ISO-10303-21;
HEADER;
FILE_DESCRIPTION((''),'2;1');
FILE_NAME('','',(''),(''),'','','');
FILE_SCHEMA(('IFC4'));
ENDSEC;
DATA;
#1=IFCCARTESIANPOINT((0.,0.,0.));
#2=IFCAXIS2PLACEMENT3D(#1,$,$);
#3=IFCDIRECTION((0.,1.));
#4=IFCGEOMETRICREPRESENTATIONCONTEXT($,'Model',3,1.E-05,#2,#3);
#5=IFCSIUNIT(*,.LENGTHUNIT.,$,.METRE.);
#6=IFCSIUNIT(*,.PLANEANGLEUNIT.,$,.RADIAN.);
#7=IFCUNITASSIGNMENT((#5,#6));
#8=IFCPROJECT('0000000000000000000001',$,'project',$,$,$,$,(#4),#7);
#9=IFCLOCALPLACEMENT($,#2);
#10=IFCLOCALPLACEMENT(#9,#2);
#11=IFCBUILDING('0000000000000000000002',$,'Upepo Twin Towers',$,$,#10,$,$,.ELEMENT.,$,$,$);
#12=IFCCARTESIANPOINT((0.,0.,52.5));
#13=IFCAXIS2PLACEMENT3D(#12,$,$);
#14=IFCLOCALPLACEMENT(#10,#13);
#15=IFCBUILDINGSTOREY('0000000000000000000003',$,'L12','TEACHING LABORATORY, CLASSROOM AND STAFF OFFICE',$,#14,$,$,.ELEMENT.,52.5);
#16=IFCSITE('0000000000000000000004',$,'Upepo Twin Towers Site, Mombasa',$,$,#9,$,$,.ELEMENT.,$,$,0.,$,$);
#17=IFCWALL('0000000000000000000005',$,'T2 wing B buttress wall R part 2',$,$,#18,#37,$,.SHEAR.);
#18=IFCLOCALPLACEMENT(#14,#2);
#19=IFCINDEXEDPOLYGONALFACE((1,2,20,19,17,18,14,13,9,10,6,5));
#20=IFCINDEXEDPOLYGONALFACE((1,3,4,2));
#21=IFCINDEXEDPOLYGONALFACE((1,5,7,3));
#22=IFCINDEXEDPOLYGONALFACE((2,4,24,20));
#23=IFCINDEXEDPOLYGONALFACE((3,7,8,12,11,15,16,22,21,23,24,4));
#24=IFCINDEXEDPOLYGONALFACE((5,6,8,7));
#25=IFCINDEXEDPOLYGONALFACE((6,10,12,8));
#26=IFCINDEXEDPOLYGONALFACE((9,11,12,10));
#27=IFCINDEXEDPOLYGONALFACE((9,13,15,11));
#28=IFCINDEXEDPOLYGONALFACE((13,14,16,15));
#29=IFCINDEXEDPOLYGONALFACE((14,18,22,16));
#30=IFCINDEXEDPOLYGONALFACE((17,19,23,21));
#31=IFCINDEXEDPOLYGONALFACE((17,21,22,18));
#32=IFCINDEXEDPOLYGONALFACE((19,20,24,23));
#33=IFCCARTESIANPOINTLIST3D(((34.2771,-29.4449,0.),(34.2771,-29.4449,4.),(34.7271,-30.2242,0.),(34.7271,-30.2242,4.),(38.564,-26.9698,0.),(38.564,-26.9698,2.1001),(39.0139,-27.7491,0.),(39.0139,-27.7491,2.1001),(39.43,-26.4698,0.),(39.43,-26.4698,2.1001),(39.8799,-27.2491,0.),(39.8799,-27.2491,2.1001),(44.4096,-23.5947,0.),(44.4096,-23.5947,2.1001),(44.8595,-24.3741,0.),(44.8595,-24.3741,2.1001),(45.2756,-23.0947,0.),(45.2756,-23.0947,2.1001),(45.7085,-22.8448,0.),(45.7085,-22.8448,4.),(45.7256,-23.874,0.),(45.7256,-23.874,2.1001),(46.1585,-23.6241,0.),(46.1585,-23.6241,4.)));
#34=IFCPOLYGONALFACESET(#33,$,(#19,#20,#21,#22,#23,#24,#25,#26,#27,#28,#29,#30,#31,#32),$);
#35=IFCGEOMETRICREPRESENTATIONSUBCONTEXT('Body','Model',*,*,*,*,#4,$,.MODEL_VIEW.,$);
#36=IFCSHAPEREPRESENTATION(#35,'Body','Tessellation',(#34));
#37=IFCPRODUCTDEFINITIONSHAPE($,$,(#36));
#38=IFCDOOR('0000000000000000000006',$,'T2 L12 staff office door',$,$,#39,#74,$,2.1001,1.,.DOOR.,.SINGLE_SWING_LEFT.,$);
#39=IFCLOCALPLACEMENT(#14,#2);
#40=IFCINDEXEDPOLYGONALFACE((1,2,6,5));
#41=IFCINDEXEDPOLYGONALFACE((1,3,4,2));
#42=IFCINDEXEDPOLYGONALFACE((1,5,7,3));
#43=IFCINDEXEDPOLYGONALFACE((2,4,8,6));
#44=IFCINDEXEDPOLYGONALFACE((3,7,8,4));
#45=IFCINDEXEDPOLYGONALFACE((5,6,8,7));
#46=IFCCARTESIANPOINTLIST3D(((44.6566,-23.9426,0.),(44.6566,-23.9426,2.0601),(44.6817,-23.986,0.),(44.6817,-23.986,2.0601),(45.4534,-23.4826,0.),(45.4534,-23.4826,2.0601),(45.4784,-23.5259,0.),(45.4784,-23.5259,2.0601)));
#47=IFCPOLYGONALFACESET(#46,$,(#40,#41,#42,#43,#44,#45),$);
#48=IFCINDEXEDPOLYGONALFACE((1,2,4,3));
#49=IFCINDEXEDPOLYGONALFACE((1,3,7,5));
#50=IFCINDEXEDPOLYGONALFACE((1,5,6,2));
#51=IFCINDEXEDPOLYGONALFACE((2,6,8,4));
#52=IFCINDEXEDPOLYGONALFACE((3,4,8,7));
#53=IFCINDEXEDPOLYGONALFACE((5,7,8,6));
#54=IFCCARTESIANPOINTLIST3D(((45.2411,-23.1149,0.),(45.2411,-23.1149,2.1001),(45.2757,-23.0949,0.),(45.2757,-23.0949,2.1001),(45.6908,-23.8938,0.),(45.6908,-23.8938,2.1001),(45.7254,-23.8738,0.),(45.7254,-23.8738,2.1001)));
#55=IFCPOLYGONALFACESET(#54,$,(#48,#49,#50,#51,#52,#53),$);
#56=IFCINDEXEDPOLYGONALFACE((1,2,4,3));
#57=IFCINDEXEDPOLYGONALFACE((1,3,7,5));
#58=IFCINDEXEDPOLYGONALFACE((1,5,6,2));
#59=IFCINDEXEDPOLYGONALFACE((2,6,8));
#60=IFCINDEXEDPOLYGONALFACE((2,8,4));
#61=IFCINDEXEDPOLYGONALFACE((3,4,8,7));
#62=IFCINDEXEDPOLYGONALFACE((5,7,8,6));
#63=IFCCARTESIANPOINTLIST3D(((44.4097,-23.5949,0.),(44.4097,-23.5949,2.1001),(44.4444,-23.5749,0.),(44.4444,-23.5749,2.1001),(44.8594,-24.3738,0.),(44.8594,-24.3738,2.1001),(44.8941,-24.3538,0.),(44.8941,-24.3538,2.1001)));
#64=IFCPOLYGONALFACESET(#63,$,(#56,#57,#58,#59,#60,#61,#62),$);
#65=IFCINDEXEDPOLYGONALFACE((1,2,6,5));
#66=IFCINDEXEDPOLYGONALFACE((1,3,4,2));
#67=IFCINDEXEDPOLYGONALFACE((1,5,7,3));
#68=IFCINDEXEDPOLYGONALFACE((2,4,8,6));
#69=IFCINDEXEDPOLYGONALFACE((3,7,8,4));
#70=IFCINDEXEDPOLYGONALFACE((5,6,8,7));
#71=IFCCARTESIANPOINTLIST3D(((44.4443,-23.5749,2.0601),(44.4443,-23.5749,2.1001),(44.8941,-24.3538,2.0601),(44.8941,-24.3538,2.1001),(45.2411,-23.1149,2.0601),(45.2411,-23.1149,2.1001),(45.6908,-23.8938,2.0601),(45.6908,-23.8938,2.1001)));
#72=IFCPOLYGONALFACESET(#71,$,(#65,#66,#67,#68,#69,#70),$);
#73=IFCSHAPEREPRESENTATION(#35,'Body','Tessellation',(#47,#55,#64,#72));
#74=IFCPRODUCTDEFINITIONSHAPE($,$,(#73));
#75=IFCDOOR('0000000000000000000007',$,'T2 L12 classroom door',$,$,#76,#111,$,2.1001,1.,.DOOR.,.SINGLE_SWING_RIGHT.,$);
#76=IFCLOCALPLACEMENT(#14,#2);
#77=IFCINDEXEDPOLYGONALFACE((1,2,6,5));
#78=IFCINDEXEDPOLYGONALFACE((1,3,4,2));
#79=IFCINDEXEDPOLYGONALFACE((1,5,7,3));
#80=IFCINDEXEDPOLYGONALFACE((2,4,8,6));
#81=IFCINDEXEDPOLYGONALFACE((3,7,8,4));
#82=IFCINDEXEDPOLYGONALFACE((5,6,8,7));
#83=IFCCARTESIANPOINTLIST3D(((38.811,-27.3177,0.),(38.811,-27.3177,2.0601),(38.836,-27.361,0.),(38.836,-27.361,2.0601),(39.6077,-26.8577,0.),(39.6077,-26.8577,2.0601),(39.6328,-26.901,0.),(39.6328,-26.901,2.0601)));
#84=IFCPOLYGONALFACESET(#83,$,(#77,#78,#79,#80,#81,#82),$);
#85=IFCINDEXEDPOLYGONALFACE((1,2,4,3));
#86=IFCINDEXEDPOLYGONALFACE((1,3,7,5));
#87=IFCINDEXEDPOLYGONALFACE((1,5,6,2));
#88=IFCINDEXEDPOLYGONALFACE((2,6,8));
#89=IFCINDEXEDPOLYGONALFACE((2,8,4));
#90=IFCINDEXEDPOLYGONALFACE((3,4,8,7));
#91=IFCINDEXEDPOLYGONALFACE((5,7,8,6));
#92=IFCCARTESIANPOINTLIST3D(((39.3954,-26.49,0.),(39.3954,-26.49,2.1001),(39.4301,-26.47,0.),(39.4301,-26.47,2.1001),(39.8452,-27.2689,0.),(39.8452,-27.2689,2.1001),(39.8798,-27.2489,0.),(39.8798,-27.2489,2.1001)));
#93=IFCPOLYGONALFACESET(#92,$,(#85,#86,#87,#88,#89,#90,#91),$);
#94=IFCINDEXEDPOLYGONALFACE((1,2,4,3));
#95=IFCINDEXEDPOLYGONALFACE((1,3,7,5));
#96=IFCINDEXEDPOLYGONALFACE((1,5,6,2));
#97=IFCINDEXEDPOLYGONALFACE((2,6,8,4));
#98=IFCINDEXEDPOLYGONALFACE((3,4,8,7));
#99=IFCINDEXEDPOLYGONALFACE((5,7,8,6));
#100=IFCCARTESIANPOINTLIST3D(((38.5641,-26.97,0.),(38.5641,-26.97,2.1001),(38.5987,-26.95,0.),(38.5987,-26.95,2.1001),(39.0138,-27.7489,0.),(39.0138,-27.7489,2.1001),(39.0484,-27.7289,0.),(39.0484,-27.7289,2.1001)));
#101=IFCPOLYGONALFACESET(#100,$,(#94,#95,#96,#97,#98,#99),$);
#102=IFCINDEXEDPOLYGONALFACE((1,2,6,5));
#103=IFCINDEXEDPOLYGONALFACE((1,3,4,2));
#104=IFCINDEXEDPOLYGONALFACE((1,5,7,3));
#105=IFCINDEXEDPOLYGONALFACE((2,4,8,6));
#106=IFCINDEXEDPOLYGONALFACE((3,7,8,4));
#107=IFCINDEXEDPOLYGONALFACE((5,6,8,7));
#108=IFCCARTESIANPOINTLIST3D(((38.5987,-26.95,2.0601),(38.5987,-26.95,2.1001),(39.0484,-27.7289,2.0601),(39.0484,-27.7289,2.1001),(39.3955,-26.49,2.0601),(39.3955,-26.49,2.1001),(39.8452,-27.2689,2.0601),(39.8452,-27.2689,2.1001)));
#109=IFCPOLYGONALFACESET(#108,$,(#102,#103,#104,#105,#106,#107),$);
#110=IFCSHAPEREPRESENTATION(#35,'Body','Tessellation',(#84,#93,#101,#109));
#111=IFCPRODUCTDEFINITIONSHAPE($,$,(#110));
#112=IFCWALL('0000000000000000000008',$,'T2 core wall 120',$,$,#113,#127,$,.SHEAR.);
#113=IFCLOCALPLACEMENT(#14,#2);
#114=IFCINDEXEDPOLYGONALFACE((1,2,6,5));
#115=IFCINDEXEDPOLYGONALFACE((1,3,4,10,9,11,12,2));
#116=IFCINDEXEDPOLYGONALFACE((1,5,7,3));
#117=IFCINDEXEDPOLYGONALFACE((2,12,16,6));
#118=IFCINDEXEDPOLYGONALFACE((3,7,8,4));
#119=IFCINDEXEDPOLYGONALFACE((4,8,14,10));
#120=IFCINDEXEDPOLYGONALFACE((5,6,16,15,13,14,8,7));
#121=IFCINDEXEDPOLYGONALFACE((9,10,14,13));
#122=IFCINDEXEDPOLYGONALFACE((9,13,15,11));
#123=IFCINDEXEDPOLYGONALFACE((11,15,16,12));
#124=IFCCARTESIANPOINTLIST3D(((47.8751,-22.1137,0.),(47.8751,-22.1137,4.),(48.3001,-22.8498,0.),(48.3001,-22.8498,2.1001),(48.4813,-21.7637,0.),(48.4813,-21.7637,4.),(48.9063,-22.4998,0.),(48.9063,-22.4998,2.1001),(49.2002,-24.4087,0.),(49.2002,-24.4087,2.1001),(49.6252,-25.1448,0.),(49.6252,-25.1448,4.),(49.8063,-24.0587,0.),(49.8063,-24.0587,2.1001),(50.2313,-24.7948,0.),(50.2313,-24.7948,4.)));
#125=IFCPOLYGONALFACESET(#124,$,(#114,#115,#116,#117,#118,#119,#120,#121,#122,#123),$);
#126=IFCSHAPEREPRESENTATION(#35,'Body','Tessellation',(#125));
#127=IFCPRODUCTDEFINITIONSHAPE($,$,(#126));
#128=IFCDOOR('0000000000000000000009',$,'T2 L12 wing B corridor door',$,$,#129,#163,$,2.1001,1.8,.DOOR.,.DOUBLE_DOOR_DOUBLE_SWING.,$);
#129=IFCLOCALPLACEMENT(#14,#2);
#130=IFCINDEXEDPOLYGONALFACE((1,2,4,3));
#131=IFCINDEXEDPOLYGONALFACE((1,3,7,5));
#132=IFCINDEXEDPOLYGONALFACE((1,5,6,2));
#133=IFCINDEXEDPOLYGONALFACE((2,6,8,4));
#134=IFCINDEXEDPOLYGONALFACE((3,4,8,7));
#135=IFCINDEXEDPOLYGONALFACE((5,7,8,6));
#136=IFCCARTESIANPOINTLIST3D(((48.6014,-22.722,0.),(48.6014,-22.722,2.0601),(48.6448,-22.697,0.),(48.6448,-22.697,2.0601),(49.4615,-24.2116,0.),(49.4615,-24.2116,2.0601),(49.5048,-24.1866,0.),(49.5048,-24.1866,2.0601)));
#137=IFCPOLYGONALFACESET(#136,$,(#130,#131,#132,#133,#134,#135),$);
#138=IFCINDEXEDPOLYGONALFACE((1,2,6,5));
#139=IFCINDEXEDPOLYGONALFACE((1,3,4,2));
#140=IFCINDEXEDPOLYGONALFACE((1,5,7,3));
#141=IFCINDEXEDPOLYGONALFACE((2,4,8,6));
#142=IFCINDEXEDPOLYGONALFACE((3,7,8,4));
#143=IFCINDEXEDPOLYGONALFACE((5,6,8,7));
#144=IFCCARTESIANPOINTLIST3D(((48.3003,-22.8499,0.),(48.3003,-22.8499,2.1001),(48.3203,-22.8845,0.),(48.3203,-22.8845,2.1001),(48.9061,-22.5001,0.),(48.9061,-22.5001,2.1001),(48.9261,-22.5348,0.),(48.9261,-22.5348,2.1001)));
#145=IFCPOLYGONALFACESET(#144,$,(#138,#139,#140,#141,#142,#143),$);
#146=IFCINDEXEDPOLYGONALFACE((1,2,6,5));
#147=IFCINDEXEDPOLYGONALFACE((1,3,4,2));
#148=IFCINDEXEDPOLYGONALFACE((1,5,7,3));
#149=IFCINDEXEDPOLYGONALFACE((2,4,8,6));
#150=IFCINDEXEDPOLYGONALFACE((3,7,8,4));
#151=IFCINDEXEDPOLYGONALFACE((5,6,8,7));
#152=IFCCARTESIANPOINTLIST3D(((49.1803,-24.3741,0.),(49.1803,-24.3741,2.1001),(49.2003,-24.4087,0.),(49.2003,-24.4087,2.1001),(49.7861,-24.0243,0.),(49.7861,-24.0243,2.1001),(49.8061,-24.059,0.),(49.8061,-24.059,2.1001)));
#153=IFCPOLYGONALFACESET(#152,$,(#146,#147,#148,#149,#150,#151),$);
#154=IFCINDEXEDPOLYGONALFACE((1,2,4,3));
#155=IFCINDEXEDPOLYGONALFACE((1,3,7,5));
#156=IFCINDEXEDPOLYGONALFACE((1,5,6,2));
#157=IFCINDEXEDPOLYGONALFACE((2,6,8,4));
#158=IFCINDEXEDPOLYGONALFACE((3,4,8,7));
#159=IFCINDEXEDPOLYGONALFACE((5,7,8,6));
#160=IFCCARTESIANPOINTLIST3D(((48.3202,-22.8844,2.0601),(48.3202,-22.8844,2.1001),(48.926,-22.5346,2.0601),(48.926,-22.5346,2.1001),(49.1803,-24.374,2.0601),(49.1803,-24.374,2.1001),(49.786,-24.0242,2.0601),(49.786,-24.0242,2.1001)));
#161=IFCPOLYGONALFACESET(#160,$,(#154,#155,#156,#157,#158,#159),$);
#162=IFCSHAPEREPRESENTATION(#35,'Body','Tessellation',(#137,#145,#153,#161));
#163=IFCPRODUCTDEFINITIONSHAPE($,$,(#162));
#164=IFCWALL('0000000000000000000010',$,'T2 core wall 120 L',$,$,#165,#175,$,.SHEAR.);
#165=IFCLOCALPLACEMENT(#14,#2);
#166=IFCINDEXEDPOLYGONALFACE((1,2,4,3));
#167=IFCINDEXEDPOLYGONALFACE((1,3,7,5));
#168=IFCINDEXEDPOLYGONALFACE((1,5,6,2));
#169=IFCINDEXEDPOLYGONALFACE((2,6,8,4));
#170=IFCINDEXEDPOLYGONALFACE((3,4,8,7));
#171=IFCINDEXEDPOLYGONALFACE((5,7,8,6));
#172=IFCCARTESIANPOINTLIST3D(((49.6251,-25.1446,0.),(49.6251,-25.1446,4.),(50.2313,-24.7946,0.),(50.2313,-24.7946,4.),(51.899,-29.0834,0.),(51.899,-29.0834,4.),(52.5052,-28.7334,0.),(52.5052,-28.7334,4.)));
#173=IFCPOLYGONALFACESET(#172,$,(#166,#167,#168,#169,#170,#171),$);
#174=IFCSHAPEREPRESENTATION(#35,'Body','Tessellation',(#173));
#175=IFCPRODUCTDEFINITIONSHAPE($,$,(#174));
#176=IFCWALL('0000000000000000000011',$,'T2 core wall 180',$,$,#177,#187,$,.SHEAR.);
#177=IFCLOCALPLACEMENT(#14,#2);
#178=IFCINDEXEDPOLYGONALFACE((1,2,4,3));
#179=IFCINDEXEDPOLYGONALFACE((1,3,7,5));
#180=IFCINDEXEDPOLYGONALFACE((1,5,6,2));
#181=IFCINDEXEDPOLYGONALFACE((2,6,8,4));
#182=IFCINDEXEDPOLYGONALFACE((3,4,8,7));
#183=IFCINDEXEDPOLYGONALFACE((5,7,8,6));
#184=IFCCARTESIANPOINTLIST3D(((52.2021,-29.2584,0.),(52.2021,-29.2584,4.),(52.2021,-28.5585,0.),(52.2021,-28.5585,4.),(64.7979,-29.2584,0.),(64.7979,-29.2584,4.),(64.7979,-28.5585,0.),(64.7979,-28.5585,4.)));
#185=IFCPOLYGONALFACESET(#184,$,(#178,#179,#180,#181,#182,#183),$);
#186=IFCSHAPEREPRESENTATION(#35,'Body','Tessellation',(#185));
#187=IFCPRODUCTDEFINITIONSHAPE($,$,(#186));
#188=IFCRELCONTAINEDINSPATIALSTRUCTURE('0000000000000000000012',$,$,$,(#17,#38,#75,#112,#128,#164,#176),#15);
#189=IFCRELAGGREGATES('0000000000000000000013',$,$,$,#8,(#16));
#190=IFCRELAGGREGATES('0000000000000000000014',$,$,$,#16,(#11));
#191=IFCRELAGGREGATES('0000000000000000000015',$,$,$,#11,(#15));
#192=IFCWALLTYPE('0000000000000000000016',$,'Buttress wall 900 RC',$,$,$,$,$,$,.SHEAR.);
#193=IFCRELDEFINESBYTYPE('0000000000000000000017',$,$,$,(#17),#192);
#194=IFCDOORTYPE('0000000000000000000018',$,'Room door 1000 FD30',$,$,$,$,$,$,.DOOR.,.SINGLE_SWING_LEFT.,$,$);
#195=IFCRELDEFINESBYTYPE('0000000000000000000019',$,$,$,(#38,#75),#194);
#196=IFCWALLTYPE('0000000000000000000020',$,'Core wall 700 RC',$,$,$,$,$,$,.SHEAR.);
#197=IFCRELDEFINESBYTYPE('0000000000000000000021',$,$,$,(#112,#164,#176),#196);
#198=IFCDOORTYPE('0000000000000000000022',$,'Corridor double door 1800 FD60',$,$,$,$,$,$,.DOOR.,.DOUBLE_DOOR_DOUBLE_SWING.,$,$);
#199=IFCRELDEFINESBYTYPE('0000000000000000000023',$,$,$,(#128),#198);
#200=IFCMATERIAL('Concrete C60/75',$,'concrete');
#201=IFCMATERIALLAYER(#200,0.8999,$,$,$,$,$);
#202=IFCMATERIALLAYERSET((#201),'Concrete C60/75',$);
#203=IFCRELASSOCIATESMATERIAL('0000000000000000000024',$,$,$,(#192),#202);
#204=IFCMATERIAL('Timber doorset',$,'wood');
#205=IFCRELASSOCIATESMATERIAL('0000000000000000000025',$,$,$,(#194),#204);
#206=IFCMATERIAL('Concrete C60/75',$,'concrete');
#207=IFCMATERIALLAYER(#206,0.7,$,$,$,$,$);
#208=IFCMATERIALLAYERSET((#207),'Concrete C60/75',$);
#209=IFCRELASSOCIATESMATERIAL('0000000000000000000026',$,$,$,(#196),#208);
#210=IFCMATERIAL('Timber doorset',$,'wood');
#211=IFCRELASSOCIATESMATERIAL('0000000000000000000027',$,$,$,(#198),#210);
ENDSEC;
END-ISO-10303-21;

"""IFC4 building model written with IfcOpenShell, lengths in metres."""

from ifc_helpers import new_model, si_unit, direction, frame, frame_2d, origin, place, context, subcontext, project, spatial, rectangle, extrude, material, layer, layer_set, type_object, element, fill, save


model = new_model("IFC4")

# Units and contexts
model_context = context("Model", 3, precision=1e-05, world=origin(), true_north=direction((0.0, 1.0)))
body_context = subcontext(model_context, "Body", "Model", "MODEL_VIEW")
ifc_project = project(units=[si_unit("LENGTHUNIT", "METRE"), si_unit("PLANEANGLEUNIT", "RADIAN")], contexts=[model_context])

# Site, building, storey
site_placement = place(None, origin())
site = spatial("IfcSite", under=ifc_project, at=site_placement, Name="Upepo Twin Towers Site, Mombasa", CompositionType="ELEMENT", RefElevation=0.0)
building_placement = place(site_placement, origin())
building = spatial("IfcBuilding", under=site, at=building_placement, Name="Upepo Twin Towers", CompositionType="ELEMENT")
storey_placement = place(building_placement, frame((0.0, 0.0, 52.5)))
storey = spatial("IfcBuildingStorey", under=building, at=storey_placement, Name="L12", Description="TEACHING LABORATORY, CLASSROOM AND STAFF OFFICE", CompositionType="ELEMENT", Elevation=52.5)

# Wall, openings, doors
ifc_material_1 = material(Name="Concrete C60/75", Category="concrete")
ifc_layer_1 = layer(ifc_material_1, 0.8999)
ifc_layer_set_1 = layer_set([ifc_layer_1], Name="Concrete C60/75")
wall_type_1 = type_object("IfcWallType", Name="Buttress wall 900 RC", PredefinedType="SHEAR", material=ifc_layer_set_1)
ifc_material_2 = material(Name="Timber doorset", Category="wood")
door_type_1 = type_object("IfcDoorType", Name="Room door 1000 FD30", OperationType="SINGLE_SWING_LEFT", PredefinedType="DOOR", material=ifc_material_2)
wall_1_placement = place(storey_placement, frame((45.9336, -23.2344, 0.0), z_axis=(0.0, 0.0, 1.0), x_axis=(-0.86602, -0.50001, 0.0)))
wall_1 = element("IfcWall", 1, at=wall_1_placement, inside=storey, type_object=wall_type_1, Name="T2 wing B buttress wall R part 2", PredefinedType="SHEAR", context=body_context, shape_type="SweptSolid", body=[
    extrude(rectangle(XDim=13.2, YDim=0.8999, at=frame_2d((6.6001, 0.0))), origin(), (0.0, 0.0, 1.0), 4.0),
])
opening_1_placement = place(wall_1_placement, frame((0.5, 0.0, 0.0)))
opening_1 = element("IfcOpeningElement", 2, at=opening_1_placement, cuts=wall_1, PredefinedType="OPENING", context=body_context, shape_type="SweptSolid", body=[
    extrude(rectangle(XDim=1.0, YDim=2.1001, at=frame_2d((0.5, 1.05))), frame((0.0, 0.46, 0.0), z_axis=(0.0, -1.0, 0.0), x_axis=(1.0, 0.0, 0.0)), (0.0, 0.0, 1.0), 0.9199),
])
opening_2_placement = place(wall_1_placement, frame((7.25, 0.0, 0.0)))
opening_2 = element("IfcOpeningElement", 3, at=opening_2_placement, cuts=wall_1, PredefinedType="OPENING", context=body_context, shape_type="SweptSolid", body=[
    extrude(rectangle(XDim=1.0, YDim=2.1001, at=frame_2d((0.5, 1.05))), frame((0.0, 0.46, 0.0), z_axis=(0.0, -1.0, 0.0), x_axis=(1.0, 0.0, 0.0)), (0.0, 0.0, 1.0), 0.9199),
])
door_1_placement = place(opening_1_placement, origin())
door_1 = element("IfcDoor", 4, at=door_1_placement, inside=storey, type_object=door_type_1, Name="T2 L12 staff office door", OperationType="SINGLE_SWING_LEFT", OverallHeight=2.1001, OverallWidth=1.0, PredefinedType="DOOR", context=body_context, shape_type="SweptSolid", body=[
    extrude(rectangle(XDim=0.92, YDim=2.0601, at=frame_2d((0.5, 1.03))), frame((0.0, 0.0249, 0.0), z_axis=(0.0, -1.0, 0.0), x_axis=(1.0, 0.0, 0.0)), (0.0, 0.0, 1.0), 0.05),
    extrude(rectangle(XDim=0.04, YDim=2.1001, at=frame_2d((0.02, 1.05))), frame((0.0, 0.4497, 0.0), z_axis=(0.0, -1.0, 0.0), x_axis=(1.0, 0.0, 0.0)), (0.0, 0.0, 1.0), 0.8994),
    extrude(rectangle(XDim=0.04, YDim=2.1001, at=frame_2d((0.98, 1.05))), frame((0.0, 0.4497, 0.0), z_axis=(0.0, -1.0, 0.0), x_axis=(1.0, 0.0, 0.0)), (0.0, 0.0, 1.0), 0.8994),
    extrude(rectangle(XDim=0.92, YDim=0.04, at=frame_2d((0.5, 2.0801))), frame((0.0, 0.4497, 0.0), z_axis=(0.0, -1.0, 0.0), x_axis=(1.0, 0.0, 0.0)), (0.0, 0.0, 1.0), 0.8994),
])
fill(opening_1, door_1)
door_2_placement = place(opening_2_placement, origin())
door_2 = element("IfcDoor", 5, at=door_2_placement, inside=storey, type_object=door_type_1, Name="T2 L12 classroom door", OperationType="SINGLE_SWING_RIGHT", OverallHeight=2.1001, OverallWidth=1.0, PredefinedType="DOOR", context=body_context, shape_type="SweptSolid", body=[
    extrude(rectangle(XDim=0.92, YDim=2.0601, at=frame_2d((0.5, 1.03))), frame((0.0, 0.0249, 0.0), z_axis=(0.0, -1.0, 0.0), x_axis=(1.0, 0.0, 0.0)), (0.0, 0.0, 1.0), 0.05),
    extrude(rectangle(XDim=0.04, YDim=2.1001, at=frame_2d((0.02, 1.05))), frame((0.0, 0.4497, 0.0), z_axis=(0.0, -1.0, 0.0), x_axis=(1.0, 0.0, 0.0)), (0.0, 0.0, 1.0), 0.8994),
    extrude(rectangle(XDim=0.04, YDim=2.1001, at=frame_2d((0.98, 1.05))), frame((0.0, 0.4497, 0.0), z_axis=(0.0, -1.0, 0.0), x_axis=(1.0, 0.0, 0.0)), (0.0, 0.0, 1.0), 0.8994),
    extrude(rectangle(XDim=0.92, YDim=0.04, at=frame_2d((0.5, 2.0801))), frame((0.0, 0.4497, 0.0), z_axis=(0.0, -1.0, 0.0), x_axis=(1.0, 0.0, 0.0)), (0.0, 0.0, 1.0), 0.8994),
])
fill(opening_2, door_2)

# Wall, opening, door
ifc_material_3 = material(Name="Concrete C60/75", Category="concrete")
ifc_layer_2 = layer(ifc_material_3, 0.7)
ifc_layer_set_2 = layer_set([ifc_layer_2], Name="Concrete C60/75")
wall_type_2 = type_object("IfcWallType", Name="Core wall 700 RC", PredefinedType="SHEAR", material=ifc_layer_set_2)
wall_2_placement = place(storey_placement, frame((48.1782, -21.9387, 0.0), z_axis=(0.0, 0.0, 1.0), x_axis=(0.50001, -0.866019, 0.0)))
wall_2 = element("IfcWall", 6, at=wall_2_placement, inside=storey, type_object=wall_type_2, Name="T2 core wall 120", PredefinedType="SHEAR", context=body_context, shape_type="SweptSolid", body=[
    extrude(rectangle(XDim=3.5, YDim=0.7, at=frame_2d((1.75, 0.0))), origin(), (0.0, 0.0, 1.0), 4.0),
])
opening_3_placement = place(wall_2_placement, frame((0.8501, 0.0, 0.0)))
opening_3 = element("IfcOpeningElement", 7, at=opening_3_placement, cuts=wall_2, PredefinedType="OPENING", context=body_context, shape_type="SweptSolid", body=[
    extrude(rectangle(XDim=1.8, YDim=2.1001, at=frame_2d((0.8999, 1.05))), frame((0.0, 0.3599, 0.0), z_axis=(0.0, -1.0, 0.0), x_axis=(1.0, 0.0, 0.0)), (0.0, 0.0, 1.0), 0.72),
])
ifc_material_4 = material(Name="Timber doorset", Category="wood")
door_type_2 = type_object("IfcDoorType", Name="Corridor double door 1800 FD60", OperationType="DOUBLE_DOOR_DOUBLE_SWING", PredefinedType="DOOR", material=ifc_material_4)
door_3_placement = place(opening_3_placement, origin())
door_3 = element("IfcDoor", 8, at=door_3_placement, inside=storey, type_object=door_type_2, Name="T2 L12 wing B corridor door", OperationType="DOUBLE_DOOR_DOUBLE_SWING", OverallHeight=2.1001, OverallWidth=1.8, PredefinedType="DOOR", context=body_context, shape_type="SweptSolid", body=[
    extrude(rectangle(XDim=1.72, YDim=2.0601, at=frame_2d((0.8999, 1.03))), frame((0.0, 0.0249, 0.0), z_axis=(0.0, -1.0, 0.0), x_axis=(1.0, 0.0, 0.0)), (0.0, 0.0, 1.0), 0.05),
    extrude(rectangle(XDim=0.04, YDim=2.1001, at=frame_2d((0.02, 1.05))), frame((0.0, 0.3496, 0.0), z_axis=(0.0, -1.0, 0.0), x_axis=(1.0, 0.0, 0.0)), (0.0, 0.0, 1.0), 0.6995),
    extrude(rectangle(XDim=0.04, YDim=2.1001, at=frame_2d((1.78, 1.05))), frame((0.0, 0.3496, 0.0), z_axis=(0.0, -1.0, 0.0), x_axis=(1.0, 0.0, 0.0)), (0.0, 0.0, 1.0), 0.6995),
    extrude(rectangle(XDim=1.72, YDim=0.04, at=frame_2d((0.8999, 2.0801))), frame((0.0, 0.3496, 0.0), z_axis=(0.0, -1.0, 0.0), x_axis=(1.0, 0.0, 0.0)), (0.0, 0.0, 1.0), 0.6995),
])
fill(opening_3, door_3)

# Walls
wall_3_placement = place(storey_placement, frame((49.9282, -24.9697, 0.0), z_axis=(0.0, 0.0, 1.0), x_axis=(0.499984, -0.866035, 0.0)))
element("IfcWall", 9, at=wall_3_placement, inside=storey, type_object=wall_type_2, Name="T2 core wall 120 L", PredefinedType="SHEAR", context=body_context, shape_type="SweptSolid", body=[
    extrude(rectangle(XDim=4.5481, YDim=0.7, at=frame_2d((2.2739, 0.0))), origin(), (0.0, 0.0, 1.0), 4.0),
])
wall_4_placement = place(storey_placement, frame((52.2021, -28.9084, 0.0), z_axis=(0.0, 0.0, 1.0), x_axis=(1.0, 0.0, 0.0)))
element("IfcWall", 10, at=wall_4_placement, inside=storey, type_object=wall_type_2, Name="T2 core wall 180", PredefinedType="SHEAR", context=body_context, shape_type="SweptSolid", body=[
    extrude(rectangle(XDim=12.5957, YDim=0.7, at=frame_2d((6.2979, 0.0))), origin(), (0.0, 0.0, 1.0), 4.0),
])

save(model, "model.ifc")
